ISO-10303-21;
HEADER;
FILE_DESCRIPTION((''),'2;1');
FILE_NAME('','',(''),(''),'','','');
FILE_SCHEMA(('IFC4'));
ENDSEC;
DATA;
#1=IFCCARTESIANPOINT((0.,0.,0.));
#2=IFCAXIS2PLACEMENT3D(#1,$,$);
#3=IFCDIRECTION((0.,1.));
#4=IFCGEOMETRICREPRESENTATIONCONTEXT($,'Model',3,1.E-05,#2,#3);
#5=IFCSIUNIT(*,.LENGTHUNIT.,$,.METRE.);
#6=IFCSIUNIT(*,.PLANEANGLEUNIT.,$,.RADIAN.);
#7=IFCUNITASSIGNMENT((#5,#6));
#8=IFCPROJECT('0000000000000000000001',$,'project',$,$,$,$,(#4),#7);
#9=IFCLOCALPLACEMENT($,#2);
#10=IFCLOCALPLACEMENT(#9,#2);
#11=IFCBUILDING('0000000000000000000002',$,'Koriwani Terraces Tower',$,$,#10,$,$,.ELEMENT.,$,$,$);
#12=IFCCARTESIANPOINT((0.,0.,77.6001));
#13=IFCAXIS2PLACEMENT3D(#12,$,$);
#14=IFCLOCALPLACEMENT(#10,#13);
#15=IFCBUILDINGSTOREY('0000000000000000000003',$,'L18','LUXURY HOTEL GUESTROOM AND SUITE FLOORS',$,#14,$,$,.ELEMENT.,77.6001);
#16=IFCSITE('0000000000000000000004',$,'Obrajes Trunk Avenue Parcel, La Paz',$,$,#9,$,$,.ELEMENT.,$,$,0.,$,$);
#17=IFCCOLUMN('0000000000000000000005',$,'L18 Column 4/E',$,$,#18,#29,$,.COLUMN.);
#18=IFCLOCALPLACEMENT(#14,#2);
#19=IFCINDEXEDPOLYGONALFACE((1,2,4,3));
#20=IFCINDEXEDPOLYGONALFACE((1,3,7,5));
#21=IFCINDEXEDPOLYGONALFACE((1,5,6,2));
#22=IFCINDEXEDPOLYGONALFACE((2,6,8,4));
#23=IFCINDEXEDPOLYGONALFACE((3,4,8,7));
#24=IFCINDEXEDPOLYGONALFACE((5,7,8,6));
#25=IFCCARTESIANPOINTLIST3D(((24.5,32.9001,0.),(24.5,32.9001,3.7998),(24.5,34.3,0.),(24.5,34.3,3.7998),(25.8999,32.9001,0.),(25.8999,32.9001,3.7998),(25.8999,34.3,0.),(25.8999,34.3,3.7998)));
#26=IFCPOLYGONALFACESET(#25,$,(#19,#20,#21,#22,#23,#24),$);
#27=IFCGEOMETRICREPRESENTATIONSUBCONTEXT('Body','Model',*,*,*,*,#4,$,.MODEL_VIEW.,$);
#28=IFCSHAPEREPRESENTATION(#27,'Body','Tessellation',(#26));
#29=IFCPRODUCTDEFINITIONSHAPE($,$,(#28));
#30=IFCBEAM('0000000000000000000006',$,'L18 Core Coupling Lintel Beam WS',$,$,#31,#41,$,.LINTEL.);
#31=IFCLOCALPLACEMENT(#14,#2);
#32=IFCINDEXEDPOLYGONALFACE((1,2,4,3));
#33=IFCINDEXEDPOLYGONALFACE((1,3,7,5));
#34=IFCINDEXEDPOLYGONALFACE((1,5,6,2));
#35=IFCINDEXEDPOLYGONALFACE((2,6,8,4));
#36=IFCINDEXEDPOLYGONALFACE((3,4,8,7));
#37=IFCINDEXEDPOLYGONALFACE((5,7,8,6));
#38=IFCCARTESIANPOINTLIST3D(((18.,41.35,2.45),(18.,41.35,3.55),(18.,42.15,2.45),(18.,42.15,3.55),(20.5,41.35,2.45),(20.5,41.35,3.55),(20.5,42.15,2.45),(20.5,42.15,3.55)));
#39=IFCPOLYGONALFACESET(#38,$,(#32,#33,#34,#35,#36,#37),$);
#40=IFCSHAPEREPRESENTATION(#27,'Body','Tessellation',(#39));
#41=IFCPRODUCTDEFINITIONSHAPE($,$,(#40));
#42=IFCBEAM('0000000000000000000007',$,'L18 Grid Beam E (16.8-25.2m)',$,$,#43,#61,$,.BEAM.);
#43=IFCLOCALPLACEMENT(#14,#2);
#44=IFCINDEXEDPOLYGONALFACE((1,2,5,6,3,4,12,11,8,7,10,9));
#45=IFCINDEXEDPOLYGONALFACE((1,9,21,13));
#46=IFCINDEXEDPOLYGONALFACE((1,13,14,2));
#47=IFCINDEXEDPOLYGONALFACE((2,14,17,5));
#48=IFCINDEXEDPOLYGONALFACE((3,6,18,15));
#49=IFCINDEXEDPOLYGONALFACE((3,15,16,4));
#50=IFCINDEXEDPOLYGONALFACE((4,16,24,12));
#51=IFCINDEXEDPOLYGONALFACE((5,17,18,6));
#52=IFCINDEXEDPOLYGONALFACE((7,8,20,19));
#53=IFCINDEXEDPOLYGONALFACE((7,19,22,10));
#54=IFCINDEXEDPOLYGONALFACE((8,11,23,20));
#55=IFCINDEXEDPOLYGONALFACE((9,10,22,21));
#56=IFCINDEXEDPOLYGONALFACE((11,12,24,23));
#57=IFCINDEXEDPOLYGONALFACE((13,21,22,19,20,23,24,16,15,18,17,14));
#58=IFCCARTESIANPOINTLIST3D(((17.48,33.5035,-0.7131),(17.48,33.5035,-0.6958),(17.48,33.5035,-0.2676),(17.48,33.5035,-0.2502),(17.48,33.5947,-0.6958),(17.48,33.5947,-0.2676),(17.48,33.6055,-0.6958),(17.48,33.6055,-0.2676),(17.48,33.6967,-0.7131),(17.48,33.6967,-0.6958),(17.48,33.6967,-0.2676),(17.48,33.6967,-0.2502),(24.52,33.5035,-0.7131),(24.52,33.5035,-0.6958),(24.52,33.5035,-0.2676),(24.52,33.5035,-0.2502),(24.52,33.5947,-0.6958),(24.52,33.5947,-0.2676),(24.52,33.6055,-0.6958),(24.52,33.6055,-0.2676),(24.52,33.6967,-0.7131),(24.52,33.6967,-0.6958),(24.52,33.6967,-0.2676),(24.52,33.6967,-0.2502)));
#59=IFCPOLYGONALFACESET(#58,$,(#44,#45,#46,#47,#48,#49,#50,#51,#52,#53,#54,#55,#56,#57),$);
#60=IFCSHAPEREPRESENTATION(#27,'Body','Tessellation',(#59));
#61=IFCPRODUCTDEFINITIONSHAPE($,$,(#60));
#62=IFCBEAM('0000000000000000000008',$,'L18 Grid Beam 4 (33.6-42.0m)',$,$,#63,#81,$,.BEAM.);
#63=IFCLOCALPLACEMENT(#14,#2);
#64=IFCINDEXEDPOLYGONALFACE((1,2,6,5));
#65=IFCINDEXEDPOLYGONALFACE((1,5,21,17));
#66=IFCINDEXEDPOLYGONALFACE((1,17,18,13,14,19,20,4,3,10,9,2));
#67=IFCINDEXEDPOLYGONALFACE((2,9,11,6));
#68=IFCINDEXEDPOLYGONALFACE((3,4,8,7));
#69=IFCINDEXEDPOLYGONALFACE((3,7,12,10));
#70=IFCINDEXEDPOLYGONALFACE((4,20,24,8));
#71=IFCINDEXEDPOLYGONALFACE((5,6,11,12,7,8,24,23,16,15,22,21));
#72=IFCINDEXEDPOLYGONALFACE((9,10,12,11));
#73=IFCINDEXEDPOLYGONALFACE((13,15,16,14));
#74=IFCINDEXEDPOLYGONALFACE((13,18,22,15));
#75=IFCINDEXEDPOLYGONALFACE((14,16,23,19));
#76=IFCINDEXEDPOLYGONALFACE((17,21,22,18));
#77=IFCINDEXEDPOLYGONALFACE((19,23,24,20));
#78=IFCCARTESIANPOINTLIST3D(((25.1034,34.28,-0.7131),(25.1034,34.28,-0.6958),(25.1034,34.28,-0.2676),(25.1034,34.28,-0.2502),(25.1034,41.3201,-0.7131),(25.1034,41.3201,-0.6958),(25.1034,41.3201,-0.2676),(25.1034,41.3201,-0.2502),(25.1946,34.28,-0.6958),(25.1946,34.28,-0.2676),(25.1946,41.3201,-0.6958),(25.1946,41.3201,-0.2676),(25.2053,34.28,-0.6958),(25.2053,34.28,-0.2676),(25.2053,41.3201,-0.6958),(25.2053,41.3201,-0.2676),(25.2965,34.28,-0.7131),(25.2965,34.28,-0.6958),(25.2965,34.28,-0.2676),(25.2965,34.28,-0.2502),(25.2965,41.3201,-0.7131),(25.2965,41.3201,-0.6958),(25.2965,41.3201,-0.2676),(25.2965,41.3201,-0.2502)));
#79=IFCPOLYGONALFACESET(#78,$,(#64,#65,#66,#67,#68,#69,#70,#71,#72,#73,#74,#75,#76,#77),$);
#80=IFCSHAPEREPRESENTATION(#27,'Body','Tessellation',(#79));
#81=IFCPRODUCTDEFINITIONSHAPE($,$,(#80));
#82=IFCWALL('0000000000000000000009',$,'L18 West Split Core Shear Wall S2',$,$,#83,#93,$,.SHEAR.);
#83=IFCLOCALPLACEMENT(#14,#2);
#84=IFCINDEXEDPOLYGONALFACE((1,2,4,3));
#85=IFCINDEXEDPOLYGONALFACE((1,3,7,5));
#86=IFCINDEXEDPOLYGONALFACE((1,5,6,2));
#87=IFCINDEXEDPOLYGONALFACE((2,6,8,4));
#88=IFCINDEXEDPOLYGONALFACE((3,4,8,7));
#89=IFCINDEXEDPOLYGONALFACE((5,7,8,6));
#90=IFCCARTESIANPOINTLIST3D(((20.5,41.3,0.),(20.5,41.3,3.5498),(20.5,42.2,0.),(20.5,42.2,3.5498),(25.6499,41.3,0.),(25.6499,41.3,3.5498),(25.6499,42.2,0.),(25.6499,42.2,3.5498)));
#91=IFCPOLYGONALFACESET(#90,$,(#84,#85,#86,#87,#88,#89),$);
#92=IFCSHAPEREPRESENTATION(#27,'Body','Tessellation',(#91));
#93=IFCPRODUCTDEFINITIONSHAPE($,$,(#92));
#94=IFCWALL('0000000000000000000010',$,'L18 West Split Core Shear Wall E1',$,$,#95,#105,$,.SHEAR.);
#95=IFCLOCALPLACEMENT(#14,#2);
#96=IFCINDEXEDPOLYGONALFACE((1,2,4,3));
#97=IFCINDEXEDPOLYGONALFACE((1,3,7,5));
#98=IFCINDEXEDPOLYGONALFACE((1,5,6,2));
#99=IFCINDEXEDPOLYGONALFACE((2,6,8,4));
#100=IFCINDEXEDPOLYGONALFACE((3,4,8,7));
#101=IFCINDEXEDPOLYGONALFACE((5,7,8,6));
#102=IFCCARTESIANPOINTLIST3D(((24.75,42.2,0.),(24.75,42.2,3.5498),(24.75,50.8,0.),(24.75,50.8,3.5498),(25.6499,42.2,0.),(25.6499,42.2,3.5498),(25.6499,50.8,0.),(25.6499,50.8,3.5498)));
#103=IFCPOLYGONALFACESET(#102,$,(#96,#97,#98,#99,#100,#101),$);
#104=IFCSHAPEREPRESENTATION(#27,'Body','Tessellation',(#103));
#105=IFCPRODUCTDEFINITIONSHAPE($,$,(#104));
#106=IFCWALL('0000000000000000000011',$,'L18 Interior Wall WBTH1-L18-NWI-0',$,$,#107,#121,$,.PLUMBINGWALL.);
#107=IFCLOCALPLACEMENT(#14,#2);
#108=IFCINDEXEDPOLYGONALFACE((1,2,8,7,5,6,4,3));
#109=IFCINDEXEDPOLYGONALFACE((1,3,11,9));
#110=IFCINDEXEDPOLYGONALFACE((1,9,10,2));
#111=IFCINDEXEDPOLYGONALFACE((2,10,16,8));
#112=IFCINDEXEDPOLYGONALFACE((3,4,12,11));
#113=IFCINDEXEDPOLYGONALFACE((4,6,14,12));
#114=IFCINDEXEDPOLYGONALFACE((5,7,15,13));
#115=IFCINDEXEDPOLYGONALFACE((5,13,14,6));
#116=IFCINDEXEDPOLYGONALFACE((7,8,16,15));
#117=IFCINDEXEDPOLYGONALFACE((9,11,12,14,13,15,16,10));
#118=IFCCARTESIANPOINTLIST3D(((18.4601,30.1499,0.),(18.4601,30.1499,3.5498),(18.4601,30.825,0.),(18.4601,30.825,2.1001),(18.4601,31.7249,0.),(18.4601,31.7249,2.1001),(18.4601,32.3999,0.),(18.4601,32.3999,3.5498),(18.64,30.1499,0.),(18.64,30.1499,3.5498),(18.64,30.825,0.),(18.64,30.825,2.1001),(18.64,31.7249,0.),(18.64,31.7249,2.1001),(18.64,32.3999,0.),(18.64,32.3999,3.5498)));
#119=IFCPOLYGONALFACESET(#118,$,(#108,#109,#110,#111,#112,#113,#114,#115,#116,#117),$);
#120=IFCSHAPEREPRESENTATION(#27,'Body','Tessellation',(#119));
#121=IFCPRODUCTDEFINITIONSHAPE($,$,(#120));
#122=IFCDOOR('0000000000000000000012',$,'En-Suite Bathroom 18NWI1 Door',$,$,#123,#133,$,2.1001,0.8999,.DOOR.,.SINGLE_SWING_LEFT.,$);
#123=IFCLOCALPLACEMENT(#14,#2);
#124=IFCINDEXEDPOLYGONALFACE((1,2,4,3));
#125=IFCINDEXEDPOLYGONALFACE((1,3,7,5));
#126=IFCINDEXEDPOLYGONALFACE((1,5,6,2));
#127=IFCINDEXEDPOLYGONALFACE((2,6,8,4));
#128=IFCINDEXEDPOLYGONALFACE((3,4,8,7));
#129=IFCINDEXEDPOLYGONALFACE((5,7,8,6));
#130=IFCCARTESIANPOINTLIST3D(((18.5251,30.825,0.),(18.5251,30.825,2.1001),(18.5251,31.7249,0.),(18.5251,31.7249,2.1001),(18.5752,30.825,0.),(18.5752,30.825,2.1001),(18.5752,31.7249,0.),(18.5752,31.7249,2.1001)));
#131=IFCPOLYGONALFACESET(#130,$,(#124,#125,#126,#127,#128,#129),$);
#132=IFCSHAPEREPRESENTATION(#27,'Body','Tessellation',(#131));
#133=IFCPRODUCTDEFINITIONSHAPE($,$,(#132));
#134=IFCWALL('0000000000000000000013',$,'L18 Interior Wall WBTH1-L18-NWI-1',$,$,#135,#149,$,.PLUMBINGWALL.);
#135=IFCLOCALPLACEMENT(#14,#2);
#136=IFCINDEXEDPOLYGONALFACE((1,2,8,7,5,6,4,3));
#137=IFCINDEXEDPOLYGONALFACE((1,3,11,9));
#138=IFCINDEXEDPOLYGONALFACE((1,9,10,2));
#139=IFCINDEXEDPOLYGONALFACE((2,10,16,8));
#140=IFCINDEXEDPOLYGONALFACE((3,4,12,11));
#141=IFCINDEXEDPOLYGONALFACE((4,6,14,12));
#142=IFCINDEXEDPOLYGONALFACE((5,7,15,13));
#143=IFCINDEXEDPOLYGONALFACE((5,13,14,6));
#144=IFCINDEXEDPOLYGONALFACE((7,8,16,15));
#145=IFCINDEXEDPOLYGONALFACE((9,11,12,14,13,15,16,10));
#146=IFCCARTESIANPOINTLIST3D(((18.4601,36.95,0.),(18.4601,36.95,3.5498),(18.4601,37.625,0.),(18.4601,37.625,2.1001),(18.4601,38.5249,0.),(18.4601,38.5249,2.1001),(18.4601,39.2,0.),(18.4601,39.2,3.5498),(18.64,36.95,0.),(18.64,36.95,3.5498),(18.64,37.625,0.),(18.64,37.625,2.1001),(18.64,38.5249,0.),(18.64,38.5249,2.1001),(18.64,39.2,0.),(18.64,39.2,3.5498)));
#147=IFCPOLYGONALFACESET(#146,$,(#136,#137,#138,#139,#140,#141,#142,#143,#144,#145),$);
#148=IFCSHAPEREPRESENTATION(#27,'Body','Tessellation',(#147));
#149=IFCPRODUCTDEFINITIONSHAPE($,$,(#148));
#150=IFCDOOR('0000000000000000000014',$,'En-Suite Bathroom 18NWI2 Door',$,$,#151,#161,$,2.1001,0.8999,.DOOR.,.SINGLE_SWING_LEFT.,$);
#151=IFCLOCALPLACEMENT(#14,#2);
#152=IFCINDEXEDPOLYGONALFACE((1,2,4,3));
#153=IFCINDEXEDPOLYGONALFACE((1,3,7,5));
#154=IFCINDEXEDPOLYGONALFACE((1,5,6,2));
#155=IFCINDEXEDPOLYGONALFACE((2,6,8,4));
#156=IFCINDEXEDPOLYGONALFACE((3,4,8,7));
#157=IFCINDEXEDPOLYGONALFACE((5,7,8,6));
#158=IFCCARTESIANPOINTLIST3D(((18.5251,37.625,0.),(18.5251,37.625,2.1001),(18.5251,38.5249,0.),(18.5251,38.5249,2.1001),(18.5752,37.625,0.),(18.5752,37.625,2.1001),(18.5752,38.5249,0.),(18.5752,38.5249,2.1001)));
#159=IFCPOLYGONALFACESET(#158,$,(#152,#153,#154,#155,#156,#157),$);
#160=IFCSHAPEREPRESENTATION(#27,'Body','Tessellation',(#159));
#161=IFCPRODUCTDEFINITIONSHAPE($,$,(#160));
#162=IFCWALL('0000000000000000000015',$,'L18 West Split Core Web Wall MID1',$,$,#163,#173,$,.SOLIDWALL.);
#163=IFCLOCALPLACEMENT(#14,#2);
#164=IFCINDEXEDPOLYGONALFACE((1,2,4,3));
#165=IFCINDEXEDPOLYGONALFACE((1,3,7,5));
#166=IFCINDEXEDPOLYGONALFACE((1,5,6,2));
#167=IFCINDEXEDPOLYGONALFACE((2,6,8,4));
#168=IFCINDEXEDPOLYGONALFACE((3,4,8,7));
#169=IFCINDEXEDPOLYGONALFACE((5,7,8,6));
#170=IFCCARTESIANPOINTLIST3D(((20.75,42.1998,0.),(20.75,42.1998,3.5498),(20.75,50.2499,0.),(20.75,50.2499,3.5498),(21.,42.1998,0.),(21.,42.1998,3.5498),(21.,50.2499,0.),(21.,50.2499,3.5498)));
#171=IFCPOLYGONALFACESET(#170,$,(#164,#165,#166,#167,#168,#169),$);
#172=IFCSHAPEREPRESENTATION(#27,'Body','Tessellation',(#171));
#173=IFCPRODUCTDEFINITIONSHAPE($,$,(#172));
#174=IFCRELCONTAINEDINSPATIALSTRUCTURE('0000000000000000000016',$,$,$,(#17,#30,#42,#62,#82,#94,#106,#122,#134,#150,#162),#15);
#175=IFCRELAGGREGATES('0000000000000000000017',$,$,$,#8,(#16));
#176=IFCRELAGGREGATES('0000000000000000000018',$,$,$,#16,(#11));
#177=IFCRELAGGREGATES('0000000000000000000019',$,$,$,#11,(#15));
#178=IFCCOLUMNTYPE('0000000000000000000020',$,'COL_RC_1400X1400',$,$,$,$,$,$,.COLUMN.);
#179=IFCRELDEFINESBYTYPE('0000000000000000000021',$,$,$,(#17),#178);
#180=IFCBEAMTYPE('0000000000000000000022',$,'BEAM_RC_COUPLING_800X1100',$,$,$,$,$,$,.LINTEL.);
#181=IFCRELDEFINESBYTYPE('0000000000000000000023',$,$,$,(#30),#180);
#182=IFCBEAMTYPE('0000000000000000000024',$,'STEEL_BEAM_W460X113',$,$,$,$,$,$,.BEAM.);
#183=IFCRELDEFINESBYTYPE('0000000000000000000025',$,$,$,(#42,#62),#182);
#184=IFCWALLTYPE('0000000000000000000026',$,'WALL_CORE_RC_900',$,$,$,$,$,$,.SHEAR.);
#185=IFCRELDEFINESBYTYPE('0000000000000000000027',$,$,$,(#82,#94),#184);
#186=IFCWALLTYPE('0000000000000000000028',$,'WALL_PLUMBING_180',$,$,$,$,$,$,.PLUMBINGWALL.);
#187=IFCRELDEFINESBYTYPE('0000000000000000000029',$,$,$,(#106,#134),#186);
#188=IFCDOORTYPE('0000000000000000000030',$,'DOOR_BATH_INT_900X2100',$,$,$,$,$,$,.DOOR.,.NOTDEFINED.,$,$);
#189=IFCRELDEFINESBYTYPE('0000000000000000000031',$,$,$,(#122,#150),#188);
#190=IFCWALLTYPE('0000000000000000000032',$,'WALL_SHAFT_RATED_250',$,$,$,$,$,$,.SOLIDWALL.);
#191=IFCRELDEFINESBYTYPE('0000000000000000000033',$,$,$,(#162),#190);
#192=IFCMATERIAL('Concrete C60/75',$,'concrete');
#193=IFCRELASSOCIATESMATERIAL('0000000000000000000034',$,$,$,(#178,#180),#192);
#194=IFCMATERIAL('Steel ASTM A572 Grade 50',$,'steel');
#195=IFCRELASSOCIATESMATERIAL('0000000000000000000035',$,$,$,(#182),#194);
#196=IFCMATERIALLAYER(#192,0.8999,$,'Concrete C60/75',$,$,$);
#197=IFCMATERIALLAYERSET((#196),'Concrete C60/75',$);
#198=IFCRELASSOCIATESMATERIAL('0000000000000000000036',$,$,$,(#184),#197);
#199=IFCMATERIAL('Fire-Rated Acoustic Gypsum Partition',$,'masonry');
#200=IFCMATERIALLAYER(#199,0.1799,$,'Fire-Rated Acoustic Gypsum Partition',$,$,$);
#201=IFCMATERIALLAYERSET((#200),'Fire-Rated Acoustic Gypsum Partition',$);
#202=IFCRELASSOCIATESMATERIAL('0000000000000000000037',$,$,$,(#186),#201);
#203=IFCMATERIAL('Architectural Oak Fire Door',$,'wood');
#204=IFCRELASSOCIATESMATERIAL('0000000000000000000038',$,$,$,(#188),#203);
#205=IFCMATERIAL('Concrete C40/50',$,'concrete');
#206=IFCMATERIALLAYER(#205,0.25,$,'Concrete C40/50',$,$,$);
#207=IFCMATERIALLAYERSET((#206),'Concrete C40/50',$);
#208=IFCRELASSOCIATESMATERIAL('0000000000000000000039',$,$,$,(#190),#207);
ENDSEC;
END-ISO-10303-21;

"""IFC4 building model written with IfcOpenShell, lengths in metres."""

from ifc_helpers import new_model, si_unit, direction, frame, frame_2d, origin, origin_2d, place, context, subcontext, project, spatial, rectangle, i_section, extrude, material, layer, layer_set, material_profile, profile_set, type_object, element, fill, save


model = new_model("IFC4")

# Units and contexts
model_context = context("Model", 3, precision=1e-05, world=origin(), true_north=direction((0.0, 1.0)))
body_context = subcontext(model_context, "Body", "Model", "MODEL_VIEW")
ifc_project = project(units=[si_unit("LENGTHUNIT", "METRE"), si_unit("PLANEANGLEUNIT", "RADIAN")], contexts=[model_context])

# Site, building, storey
site_placement = place(None, origin())
site = spatial("IfcSite", under=ifc_project, at=site_placement, Name="Obrajes Trunk Avenue Parcel, La Paz", CompositionType="ELEMENT", RefElevation=0.0)
building_placement = place(site_placement, origin())
building = spatial("IfcBuilding", under=site, at=building_placement, Name="Koriwani Terraces Tower", CompositionType="ELEMENT")
storey_placement = place(building_placement, frame((0.0, 0.0, 77.6001)))
storey = spatial("IfcBuildingStorey", under=building, at=storey_placement, Name="L18", Description="LUXURY HOTEL GUESTROOM AND SUITE FLOORS", CompositionType="ELEMENT", Elevation=77.6001)

# Column
ifc_material_1 = material(Name="Concrete C60/75", Category="concrete")
ifc_material_profile_1 = material_profile(ifc_material_1, rectangle(XDim=1.3999, YDim=1.3999, at=origin_2d()), Name="Concrete C60/75", Category="LoadBearing")
ifc_profile_set_1 = profile_set([ifc_material_profile_1], Name="Concrete C60/75")
column_type = type_object("IfcColumnType", Name="COL_RC_1400X1400", PredefinedType="COLUMN", material=ifc_profile_set_1)
column_placement = place(storey_placement, frame((25.2, 33.6001, 0.0), z_axis=(0.0, 0.0, 1.0), x_axis=(1.0, 0.0, 0.0)))
element("IfcColumn", 1, at=column_placement, inside=storey, type_object=column_type, Name="L18 Column 4/E", PredefinedType="COLUMN", context=body_context, shape_type="SweptSolid", body=[
    extrude(rectangle(XDim=1.3999, YDim=1.3999, at=origin_2d()), origin(), (0.0, 0.0, 1.0), 3.7998),
])

# Beams
ifc_material_profile_2 = material_profile(ifc_material_1, rectangle(XDim=0.8, YDim=1.1001, at=origin_2d()), Name="Concrete C60/75", Category="LoadBearing")
ifc_profile_set_2 = profile_set([ifc_material_profile_2], Name="Concrete C60/75")
beam_type_1 = type_object("IfcBeamType", Name="BEAM_RC_COUPLING_800X1100", PredefinedType="LINTEL", material=ifc_profile_set_2)
beam_placement = place(storey_placement, frame((18.0, 41.75, 3.0), z_axis=(1.0, 0.0, 0.0), x_axis=(0.0, 1.0, 0.0)))
element("IfcBeam", 2, at=beam_placement, inside=storey, type_object=beam_type_1, Name="L18 Core Coupling Lintel Beam WS", PredefinedType="LINTEL", context=body_context, shape_type="SweptSolid", body=[
    extrude(rectangle(XDim=0.8, YDim=1.1001, at=origin_2d()), origin(), (0.0, 0.0, 1.0), 2.5),
])
ifc_material_2 = material(Name="Steel ASTM A572 Grade 50", Category="steel")
ifc_material_profile_3 = material_profile(ifc_material_2, i_section(OverallWidth=0.1931, OverallDepth=0.4629, WebThickness=0.0107, FlangeThickness=0.0173, at=origin_2d()), Name="Steel ASTM A572 Grade 50", Category="LoadBearing")
ifc_profile_set_3 = profile_set([ifc_material_profile_3], Name="Steel ASTM A572 Grade 50")
beam_type_2 = type_object("IfcBeamType", Name="STEEL_BEAM_W460X113", PredefinedType="BEAM", material=ifc_profile_set_3)
for number, where, z_axis, x_axis, name in (
    (3, (17.48, 33.6001, -0.4817), (1.0, 0.0, 0.0), (0.0, 1.0, 0.0), "L18 Grid Beam E (16.8-25.2m)"),
    (4, (25.2, 34.28, -0.4817), (0.0, 1.0, 0.0), (-1.0, 0.0, 0.0), "L18 Grid Beam 4 (33.6-42.0m)"),
):
    element("IfcBeam", number, at=place(storey_placement, frame(where, z_axis=z_axis, x_axis=x_axis)), inside=storey, type_object=beam_type_2, Name=name, PredefinedType="BEAM", context=body_context, shape_type="SweptSolid", body=[
        extrude(i_section(OverallWidth=0.1931, OverallDepth=0.4629, WebThickness=0.0107, FlangeThickness=0.0173, at=origin_2d()), origin(), (0.0, 0.0, 1.0), 7.04),
    ])

# Walls
ifc_layer_1 = layer(ifc_material_1, 0.8999, Name="Concrete C60/75")
ifc_layer_set_1 = layer_set([ifc_layer_1], Name="Concrete C60/75")
wall_type_1 = type_object("IfcWallType", Name="WALL_CORE_RC_900", PredefinedType="SHEAR", material=ifc_layer_set_1)
wall_1_placement = place(storey_placement, frame((20.5, 41.75, 0.0), z_axis=(0.0, 0.0, 1.0), x_axis=(1.0, 0.0, 0.0)))
element("IfcWall", 5, at=wall_1_placement, inside=storey, type_object=wall_type_1, Name="L18 West Split Core Shear Wall S2", PredefinedType="SHEAR", context=body_context, shape_type="SweptSolid", body=[
    extrude(rectangle(XDim=5.1499, YDim=0.8999, at=frame_2d((2.575, 0.0))), origin(), (0.0, 0.0, 1.0), 3.5498),
])
wall_2_placement = place(storey_placement, frame((25.2, 42.2, 0.0), z_axis=(0.0, 0.0, 1.0), x_axis=(0.0, 1.0, 0.0)))
element("IfcWall", 6, at=wall_2_placement, inside=storey, type_object=wall_type_1, Name="L18 West Split Core Shear Wall E1", PredefinedType="SHEAR", context=body_context, shape_type="SweptSolid", body=[
    extrude(rectangle(XDim=8.6001, YDim=0.8999, at=frame_2d((4.3, 0.0))), origin(), (0.0, 0.0, 1.0), 3.5498),
])

# Walls, openings, doors
ifc_material_3 = material(Name="Fire-Rated Acoustic Gypsum Partition", Category="masonry")
ifc_layer_2 = layer(ifc_material_3, 0.1799, Name="Fire-Rated Acoustic Gypsum Partition")
ifc_layer_set_2 = layer_set([ifc_layer_2], Name="Fire-Rated Acoustic Gypsum Partition")
wall_type_2 = type_object("IfcWallType", Name="WALL_PLUMBING_180", PredefinedType="PLUMBINGWALL", material=ifc_layer_set_2)
wall_3_placement = place(storey_placement, frame((18.55, 30.1499, 0.0), z_axis=(0.0, 0.0, 1.0), x_axis=(0.0, 1.0, 0.0)))
wall_3 = element("IfcWall", 7, at=wall_3_placement, inside=storey, type_object=wall_type_2, Name="L18 Interior Wall WBTH1-L18-NWI-0", PredefinedType="PLUMBINGWALL", context=body_context, shape_type="SweptSolid", body=[
    extrude(rectangle(XDim=2.25, YDim=0.1799, at=frame_2d((1.125, 0.0))), origin(), (0.0, 0.0, 1.0), 3.5498),
])
opening_1_placement = place(wall_3_placement, frame((0.675, 0.0, 0.0)))
opening_1 = element("IfcOpeningElement", 8, at=opening_1_placement, cuts=wall_3, PredefinedType="OPENING", context=body_context, shape_type="SweptSolid", body=[
    extrude(rectangle(XDim=0.8999, YDim=2.1001, at=frame_2d((0.45, 1.05))), frame((0.0, 0.1001, 0.0), z_axis=(0.0, -1.0, 0.0), x_axis=(1.0, 0.0, 0.0)), (0.0, 0.0, 1.0), 0.2),
])
ifc_material_4 = material(Name="Architectural Oak Fire Door", Category="wood")
door_type_1 = type_object("IfcDoorType", Name="DOOR_BATH_INT_900X2100", OperationType="NOTDEFINED", PredefinedType="DOOR", material=ifc_material_4)
door_1_placement = place(opening_1_placement, origin())
door_1 = element("IfcDoor", 9, at=door_1_placement, inside=storey, type_object=door_type_1, Name="En-Suite Bathroom 18NWI1 Door", OperationType="SINGLE_SWING_LEFT", OverallHeight=2.1001, OverallWidth=0.8999, PredefinedType="DOOR", context=body_context, shape_type="SweptSolid", body=[
    extrude(rectangle(XDim=0.8999, YDim=2.1001, at=frame_2d((0.45, 1.05))), frame((0.0, 0.0249, 0.0), z_axis=(0.0, -1.0, 0.0), x_axis=(1.0, 0.0, 0.0)), (0.0, 0.0, 1.0), 0.05),
])
fill(opening_1, door_1)
wall_4_placement = place(storey_placement, frame((18.55, 36.95, 0.0), z_axis=(0.0, 0.0, 1.0), x_axis=(0.0, 1.0, 0.0)))
wall_4 = element("IfcWall", 10, at=wall_4_placement, inside=storey, type_object=wall_type_2, Name="L18 Interior Wall WBTH1-L18-NWI-1", PredefinedType="PLUMBINGWALL", context=body_context, shape_type="SweptSolid", body=[
    extrude(rectangle(XDim=2.25, YDim=0.1799, at=frame_2d((1.125, 0.0))), origin(), (0.0, 0.0, 1.0), 3.5498),
])
opening_2_placement = place(wall_4_placement, frame((0.675, 0.0, 0.0)))
opening_2 = element("IfcOpeningElement", 11, at=opening_2_placement, cuts=wall_4, PredefinedType="OPENING", context=body_context, shape_type="SweptSolid", body=[
    extrude(rectangle(XDim=0.8999, YDim=2.1001, at=frame_2d((0.45, 1.05))), frame((0.0, 0.1001, 0.0), z_axis=(0.0, -1.0, 0.0), x_axis=(1.0, 0.0, 0.0)), (0.0, 0.0, 1.0), 0.2),
])
door_2_placement = place(opening_2_placement, origin())
door_2 = element("IfcDoor", 12, at=door_2_placement, inside=storey, type_object=door_type_1, Name="En-Suite Bathroom 18NWI2 Door", OperationType="SINGLE_SWING_LEFT", OverallHeight=2.1001, OverallWidth=0.8999, PredefinedType="DOOR", context=body_context, shape_type="SweptSolid", body=[
    extrude(rectangle(XDim=0.8999, YDim=2.1001, at=frame_2d((0.45, 1.05))), frame((0.0, 0.0249, 0.0), z_axis=(0.0, -1.0, 0.0), x_axis=(1.0, 0.0, 0.0)), (0.0, 0.0, 1.0), 0.05),
])
fill(opening_2, door_2)

# Wall
ifc_material_5 = material(Name="Concrete C40/50", Category="concrete")
ifc_layer_3 = layer(ifc_material_5, 0.25, Name="Concrete C40/50")
ifc_layer_set_3 = layer_set([ifc_layer_3], Name="Concrete C40/50")
wall_type_3 = type_object("IfcWallType", Name="WALL_SHAFT_RATED_250", PredefinedType="SOLIDWALL", material=ifc_layer_set_3)
wall_5_placement = place(storey_placement, frame((20.875, 42.2, 0.0), z_axis=(0.0, 0.0, 1.0), x_axis=(0.0, 1.0, 0.0)))
element("IfcWall", 13, at=wall_5_placement, inside=storey, type_object=wall_type_3, Name="L18 West Split Core Web Wall MID1", PredefinedType="SOLIDWALL", context=body_context, shape_type="SweptSolid", body=[
    extrude(rectangle(XDim=8.05, YDim=0.25, at=frame_2d((4.0249, 0.0))), origin(), (0.0, 0.0, 1.0), 3.5498),
])

save(model, "model.ifc")
